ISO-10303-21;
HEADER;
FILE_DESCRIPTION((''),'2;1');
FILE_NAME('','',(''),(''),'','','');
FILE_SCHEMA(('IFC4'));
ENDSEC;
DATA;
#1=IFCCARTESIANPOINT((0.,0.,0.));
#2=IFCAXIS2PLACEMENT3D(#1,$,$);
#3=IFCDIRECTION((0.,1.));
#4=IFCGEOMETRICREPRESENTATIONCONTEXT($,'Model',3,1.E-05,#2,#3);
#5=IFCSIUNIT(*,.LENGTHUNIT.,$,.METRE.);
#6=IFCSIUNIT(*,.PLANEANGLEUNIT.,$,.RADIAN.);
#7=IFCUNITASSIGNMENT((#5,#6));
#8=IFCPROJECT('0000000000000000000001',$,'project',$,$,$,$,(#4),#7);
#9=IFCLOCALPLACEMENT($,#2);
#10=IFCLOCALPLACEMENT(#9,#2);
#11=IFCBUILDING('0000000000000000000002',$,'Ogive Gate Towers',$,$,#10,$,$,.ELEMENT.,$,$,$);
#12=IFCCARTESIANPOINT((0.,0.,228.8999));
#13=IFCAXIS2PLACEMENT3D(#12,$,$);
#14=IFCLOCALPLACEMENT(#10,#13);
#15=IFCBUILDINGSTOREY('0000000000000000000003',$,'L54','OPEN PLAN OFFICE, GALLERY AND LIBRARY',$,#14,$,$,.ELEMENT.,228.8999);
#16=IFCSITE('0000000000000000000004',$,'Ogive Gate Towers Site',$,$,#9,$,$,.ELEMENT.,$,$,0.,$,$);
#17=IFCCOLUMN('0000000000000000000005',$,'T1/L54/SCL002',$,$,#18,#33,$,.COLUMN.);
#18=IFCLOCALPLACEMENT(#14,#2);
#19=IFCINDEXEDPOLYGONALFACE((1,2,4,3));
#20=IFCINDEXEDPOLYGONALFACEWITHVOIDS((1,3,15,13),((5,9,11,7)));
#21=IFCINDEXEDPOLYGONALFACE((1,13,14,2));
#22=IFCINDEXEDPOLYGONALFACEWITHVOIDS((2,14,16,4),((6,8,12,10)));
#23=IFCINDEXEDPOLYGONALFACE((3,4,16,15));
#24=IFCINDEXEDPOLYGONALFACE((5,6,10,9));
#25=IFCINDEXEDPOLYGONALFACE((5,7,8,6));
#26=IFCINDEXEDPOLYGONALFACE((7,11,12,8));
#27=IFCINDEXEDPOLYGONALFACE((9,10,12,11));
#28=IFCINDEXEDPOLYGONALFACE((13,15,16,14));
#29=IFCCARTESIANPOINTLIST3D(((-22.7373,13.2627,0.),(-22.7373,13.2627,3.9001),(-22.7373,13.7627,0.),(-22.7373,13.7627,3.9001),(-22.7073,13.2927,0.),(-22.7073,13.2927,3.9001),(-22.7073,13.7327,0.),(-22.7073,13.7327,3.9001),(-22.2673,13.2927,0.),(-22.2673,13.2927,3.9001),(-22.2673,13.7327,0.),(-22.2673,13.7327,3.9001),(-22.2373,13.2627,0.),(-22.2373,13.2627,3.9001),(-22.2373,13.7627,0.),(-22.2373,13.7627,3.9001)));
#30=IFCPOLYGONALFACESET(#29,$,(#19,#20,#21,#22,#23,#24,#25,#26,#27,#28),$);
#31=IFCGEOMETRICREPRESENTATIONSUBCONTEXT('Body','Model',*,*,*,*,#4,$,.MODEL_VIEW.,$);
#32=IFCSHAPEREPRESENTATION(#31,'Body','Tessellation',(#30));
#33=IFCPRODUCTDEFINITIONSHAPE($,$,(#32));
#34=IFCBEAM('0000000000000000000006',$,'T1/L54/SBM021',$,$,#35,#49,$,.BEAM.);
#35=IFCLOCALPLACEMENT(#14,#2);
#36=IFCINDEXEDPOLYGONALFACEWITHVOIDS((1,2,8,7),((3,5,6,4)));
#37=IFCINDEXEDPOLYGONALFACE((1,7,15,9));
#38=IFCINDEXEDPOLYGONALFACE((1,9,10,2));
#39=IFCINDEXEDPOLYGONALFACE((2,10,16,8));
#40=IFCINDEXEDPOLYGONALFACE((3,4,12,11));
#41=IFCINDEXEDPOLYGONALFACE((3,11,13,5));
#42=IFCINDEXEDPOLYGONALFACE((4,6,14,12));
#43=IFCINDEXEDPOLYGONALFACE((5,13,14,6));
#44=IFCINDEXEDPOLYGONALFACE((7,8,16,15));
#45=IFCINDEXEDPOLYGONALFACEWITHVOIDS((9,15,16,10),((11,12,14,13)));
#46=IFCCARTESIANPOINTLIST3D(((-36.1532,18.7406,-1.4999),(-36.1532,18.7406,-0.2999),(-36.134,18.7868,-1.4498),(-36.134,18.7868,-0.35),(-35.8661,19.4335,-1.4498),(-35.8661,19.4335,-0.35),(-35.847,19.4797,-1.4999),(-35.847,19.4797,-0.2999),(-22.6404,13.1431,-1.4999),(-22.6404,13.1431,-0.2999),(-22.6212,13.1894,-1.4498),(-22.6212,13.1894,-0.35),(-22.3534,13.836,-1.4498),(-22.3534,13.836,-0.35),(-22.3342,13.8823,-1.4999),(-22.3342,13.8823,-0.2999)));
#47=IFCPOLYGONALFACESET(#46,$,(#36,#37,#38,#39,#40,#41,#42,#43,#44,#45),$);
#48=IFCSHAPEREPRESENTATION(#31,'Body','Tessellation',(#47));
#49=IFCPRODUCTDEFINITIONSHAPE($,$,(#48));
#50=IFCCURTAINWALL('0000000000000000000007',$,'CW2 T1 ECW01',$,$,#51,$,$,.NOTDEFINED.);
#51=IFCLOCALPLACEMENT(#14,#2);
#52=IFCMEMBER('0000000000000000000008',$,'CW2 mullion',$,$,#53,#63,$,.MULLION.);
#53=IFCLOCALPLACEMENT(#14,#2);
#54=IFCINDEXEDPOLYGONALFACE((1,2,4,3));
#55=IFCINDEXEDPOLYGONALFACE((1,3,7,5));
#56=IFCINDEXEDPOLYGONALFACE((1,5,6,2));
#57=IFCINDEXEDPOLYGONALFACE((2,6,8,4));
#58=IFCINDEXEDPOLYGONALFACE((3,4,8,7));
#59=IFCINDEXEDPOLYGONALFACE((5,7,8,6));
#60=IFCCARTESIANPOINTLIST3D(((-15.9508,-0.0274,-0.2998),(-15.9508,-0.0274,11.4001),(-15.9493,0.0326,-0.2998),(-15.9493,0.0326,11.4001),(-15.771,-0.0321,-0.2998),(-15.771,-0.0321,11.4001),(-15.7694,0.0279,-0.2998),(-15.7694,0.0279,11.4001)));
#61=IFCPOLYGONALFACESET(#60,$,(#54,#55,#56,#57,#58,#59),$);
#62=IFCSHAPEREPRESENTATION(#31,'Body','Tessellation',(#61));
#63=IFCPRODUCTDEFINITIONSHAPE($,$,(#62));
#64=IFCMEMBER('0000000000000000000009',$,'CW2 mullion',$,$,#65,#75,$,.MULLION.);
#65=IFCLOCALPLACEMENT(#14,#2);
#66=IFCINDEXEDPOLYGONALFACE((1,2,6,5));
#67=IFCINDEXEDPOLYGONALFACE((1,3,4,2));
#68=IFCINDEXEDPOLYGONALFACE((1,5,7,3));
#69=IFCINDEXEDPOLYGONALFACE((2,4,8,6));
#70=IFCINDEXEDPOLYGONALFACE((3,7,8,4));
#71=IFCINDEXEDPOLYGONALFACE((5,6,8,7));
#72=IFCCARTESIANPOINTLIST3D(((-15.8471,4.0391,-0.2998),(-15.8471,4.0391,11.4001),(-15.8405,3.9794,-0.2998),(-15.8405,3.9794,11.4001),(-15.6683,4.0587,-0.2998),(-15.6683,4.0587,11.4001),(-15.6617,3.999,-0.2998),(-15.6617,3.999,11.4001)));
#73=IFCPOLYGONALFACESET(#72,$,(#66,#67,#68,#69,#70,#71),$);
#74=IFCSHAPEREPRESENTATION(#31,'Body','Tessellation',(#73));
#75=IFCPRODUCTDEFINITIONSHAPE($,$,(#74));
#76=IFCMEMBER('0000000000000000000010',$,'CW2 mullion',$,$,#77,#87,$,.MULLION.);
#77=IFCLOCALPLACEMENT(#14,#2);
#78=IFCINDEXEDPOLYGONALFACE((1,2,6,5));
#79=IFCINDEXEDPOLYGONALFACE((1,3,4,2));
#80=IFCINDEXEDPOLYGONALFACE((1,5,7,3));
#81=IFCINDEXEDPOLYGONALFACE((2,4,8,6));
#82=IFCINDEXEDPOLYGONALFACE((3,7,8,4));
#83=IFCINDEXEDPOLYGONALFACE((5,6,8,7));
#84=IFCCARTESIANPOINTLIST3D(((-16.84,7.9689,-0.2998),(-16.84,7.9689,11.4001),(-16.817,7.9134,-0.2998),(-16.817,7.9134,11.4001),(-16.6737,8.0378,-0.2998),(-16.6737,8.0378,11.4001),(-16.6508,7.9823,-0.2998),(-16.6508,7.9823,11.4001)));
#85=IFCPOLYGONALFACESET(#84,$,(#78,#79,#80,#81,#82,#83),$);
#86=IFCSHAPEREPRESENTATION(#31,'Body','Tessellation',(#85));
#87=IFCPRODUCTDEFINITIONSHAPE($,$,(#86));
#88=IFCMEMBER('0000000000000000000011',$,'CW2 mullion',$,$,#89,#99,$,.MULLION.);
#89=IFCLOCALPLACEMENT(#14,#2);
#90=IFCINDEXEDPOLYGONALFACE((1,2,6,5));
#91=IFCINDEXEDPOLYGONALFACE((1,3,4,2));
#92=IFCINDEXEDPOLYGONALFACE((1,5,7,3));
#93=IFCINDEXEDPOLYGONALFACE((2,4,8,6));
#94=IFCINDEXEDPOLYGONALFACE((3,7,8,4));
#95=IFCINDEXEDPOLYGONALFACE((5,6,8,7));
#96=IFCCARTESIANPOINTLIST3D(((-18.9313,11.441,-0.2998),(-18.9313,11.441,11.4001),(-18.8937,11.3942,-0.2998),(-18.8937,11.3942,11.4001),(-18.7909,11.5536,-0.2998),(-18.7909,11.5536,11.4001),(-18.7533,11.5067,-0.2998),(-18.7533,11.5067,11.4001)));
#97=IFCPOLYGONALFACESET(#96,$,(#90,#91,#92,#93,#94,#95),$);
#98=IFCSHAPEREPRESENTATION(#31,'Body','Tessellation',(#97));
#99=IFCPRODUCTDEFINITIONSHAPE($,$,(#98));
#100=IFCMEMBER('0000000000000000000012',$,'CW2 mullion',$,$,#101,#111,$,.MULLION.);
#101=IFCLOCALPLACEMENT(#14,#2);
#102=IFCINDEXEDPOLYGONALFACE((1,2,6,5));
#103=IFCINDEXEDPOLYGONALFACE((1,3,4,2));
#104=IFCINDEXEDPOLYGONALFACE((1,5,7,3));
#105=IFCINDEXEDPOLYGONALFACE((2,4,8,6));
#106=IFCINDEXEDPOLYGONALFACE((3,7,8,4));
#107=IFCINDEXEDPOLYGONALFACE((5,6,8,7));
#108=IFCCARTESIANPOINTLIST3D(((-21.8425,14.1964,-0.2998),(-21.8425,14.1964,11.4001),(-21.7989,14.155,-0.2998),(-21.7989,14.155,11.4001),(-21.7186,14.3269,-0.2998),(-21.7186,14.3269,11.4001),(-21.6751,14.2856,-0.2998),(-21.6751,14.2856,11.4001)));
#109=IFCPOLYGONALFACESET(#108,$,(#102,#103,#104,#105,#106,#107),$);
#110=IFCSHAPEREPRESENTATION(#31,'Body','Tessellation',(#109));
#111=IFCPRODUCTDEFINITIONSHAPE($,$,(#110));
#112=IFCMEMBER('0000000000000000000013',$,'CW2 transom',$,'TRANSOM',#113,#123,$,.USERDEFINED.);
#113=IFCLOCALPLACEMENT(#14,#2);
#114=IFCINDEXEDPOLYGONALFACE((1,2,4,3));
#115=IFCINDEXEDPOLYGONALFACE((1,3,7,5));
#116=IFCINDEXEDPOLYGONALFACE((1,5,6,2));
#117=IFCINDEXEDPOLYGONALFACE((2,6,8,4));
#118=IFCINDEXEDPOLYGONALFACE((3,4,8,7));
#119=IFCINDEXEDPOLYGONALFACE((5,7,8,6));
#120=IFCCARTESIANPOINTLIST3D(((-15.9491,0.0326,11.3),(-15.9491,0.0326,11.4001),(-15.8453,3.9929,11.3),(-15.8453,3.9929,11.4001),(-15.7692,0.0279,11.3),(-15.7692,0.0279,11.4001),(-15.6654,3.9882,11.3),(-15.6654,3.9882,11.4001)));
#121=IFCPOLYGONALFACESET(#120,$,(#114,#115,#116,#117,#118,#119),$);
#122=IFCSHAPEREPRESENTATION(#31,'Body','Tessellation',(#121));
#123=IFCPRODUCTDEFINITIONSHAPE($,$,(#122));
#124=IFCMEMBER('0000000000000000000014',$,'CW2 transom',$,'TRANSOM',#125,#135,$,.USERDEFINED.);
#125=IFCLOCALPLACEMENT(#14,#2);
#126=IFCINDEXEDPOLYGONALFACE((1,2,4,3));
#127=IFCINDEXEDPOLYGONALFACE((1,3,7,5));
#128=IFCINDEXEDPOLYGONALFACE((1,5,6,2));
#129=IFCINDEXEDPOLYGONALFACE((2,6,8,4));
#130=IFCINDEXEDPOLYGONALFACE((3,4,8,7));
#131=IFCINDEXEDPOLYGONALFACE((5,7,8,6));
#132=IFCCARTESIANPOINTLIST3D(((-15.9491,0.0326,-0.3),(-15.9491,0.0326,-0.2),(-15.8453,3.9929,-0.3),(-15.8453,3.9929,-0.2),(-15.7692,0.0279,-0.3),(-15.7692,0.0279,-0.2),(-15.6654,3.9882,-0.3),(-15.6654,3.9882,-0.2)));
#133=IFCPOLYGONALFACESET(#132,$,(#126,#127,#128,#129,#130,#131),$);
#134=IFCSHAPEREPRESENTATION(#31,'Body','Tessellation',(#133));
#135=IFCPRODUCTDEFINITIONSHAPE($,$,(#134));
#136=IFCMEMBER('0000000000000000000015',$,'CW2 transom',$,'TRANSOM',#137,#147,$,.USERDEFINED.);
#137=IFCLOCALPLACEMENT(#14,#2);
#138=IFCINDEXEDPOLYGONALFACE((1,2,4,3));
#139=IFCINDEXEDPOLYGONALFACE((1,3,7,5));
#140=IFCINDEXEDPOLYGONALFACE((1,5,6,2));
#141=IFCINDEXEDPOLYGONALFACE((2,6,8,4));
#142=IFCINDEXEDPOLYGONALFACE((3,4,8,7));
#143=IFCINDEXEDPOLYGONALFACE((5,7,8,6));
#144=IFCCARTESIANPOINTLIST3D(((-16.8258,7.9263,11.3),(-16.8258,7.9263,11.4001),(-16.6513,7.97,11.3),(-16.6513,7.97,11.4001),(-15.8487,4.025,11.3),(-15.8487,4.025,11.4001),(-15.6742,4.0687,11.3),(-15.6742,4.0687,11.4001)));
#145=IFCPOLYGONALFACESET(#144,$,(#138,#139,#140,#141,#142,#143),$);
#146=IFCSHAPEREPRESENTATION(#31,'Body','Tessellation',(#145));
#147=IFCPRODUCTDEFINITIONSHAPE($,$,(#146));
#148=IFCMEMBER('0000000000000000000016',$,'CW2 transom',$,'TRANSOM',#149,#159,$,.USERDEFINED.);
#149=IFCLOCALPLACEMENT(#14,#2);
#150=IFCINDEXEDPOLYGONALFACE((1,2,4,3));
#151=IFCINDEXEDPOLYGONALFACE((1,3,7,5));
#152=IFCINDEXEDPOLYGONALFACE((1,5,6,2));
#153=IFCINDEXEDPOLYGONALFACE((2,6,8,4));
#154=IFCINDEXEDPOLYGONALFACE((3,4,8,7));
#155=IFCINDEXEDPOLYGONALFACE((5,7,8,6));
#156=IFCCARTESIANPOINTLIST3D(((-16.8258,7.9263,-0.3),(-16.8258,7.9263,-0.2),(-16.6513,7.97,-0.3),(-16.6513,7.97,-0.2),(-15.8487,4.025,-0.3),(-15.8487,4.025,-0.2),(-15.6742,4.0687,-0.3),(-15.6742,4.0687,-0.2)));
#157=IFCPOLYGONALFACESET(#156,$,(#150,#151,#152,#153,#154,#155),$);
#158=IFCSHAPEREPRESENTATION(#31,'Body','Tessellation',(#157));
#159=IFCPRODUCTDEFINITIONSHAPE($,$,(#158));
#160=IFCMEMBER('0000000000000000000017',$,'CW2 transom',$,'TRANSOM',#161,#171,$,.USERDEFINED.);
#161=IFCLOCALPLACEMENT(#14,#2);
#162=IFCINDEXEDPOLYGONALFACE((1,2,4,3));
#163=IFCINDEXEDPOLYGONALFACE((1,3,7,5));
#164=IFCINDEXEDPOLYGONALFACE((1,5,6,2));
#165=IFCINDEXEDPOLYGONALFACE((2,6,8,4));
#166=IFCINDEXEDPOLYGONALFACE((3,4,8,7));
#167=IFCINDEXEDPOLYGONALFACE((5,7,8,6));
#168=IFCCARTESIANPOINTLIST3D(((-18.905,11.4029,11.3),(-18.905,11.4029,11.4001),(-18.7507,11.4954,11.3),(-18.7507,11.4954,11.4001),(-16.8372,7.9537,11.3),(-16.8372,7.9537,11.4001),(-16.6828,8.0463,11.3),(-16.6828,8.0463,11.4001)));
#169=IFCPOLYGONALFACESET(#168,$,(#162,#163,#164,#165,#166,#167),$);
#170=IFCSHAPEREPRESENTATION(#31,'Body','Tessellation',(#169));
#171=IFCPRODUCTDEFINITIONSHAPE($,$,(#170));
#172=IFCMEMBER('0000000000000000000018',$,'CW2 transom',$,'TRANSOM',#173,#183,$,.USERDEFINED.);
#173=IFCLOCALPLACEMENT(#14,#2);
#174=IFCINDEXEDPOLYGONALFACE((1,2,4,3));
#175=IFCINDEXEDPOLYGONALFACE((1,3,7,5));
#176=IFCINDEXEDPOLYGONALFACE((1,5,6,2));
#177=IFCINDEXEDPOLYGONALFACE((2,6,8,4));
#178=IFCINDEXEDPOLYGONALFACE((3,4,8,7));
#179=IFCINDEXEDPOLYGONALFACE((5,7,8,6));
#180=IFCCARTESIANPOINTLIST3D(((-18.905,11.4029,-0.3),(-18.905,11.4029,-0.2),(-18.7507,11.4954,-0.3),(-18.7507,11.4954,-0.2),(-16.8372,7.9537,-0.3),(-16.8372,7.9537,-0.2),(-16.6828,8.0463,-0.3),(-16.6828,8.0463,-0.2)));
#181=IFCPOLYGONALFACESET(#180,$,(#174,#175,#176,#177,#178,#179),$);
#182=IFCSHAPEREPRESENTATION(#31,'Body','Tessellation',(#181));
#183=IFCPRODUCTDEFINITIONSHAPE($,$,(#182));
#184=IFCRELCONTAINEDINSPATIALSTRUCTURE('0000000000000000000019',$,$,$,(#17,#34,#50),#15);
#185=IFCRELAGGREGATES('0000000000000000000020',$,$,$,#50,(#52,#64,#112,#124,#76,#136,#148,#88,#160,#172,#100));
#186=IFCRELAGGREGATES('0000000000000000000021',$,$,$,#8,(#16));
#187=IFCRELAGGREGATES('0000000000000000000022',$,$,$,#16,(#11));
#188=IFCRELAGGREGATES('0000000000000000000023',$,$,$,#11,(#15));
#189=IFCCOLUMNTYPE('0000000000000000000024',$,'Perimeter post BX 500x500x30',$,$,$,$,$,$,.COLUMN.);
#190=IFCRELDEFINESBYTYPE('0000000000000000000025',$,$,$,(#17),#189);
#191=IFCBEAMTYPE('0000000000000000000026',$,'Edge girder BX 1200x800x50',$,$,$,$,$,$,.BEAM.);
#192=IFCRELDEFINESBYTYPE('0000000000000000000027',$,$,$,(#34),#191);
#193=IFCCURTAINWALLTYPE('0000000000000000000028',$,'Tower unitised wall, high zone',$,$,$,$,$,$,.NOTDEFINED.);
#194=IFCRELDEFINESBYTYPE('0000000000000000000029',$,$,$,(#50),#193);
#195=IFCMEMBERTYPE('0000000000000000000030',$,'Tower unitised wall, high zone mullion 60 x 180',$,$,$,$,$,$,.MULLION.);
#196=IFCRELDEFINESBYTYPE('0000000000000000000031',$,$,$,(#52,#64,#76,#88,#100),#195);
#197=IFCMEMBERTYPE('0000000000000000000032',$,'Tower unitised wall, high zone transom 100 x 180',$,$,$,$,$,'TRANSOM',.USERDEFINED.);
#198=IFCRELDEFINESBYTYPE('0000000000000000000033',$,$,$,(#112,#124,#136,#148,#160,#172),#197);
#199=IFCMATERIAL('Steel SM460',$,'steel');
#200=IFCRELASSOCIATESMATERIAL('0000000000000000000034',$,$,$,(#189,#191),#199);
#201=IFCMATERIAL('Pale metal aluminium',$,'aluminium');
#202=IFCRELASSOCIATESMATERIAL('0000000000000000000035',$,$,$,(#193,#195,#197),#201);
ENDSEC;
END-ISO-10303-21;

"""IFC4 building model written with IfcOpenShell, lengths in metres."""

from ifc_helpers import new_model, si_unit, direction, frame, origin, origin_2d, place, context, subcontext, project, spatial, rectangle, hollow_rectangle, extrude, material, material_profile, profile_set, type_object, element, aggregate, save


model = new_model("IFC4")

# Units and contexts
model_context = context("Model", 3, precision=1e-05, world=origin(), true_north=direction((0.0, 1.0)))
body_context = subcontext(model_context, "Body", "Model", "MODEL_VIEW")
ifc_project = project(units=[si_unit("LENGTHUNIT", "METRE"), si_unit("PLANEANGLEUNIT", "RADIAN")], contexts=[model_context])

# Site, building, storey
site_placement = place(None, origin())
site = spatial("IfcSite", under=ifc_project, at=site_placement, Name="Ogive Gate Towers Site", CompositionType="ELEMENT", RefElevation=0.0)
building_placement = place(site_placement, origin())
building = spatial("IfcBuilding", under=site, at=building_placement, Name="Ogive Gate Towers", CompositionType="ELEMENT")
storey_placement = place(building_placement, frame((0.0, 0.0, 228.8999)))
storey = spatial("IfcBuildingStorey", under=building, at=storey_placement, Name="L54", Description="OPEN PLAN OFFICE, GALLERY AND LIBRARY", CompositionType="ELEMENT", Elevation=228.8999)

# Column
ifc_material_1 = material(Name="Steel SM460", Category="steel")
ifc_material_profile_1 = material_profile(ifc_material_1, hollow_rectangle(XDim=0.5, YDim=0.5, WallThickness=0.03, at=origin_2d()), Name="BX 500x500x30")
ifc_profile_set_1 = profile_set([ifc_material_profile_1], Name="Steel SM460")
column_type = type_object("IfcColumnType", Name="Perimeter post BX 500x500x30", PredefinedType="COLUMN", material=ifc_profile_set_1)
column_placement = place(storey_placement, frame((-22.4873, 13.5127, 0.0), z_axis=(0.0, 0.0, 1.0), x_axis=(1.0, 0.0, 0.0)))
element("IfcColumn", 1, at=column_placement, inside=storey, type_object=column_type, Name="T1/L54/SCL002", PredefinedType="COLUMN", context=body_context, shape_type="SweptSolid", body=[
    extrude(hollow_rectangle(XDim=0.5, YDim=0.5, WallThickness=0.03, at=origin_2d()), origin(), (0.0, 0.0, 1.0), 3.9001),
])

# Beam
ifc_material_profile_2 = material_profile(ifc_material_1, hollow_rectangle(XDim=0.8, YDim=1.2, WallThickness=0.05, at=origin_2d()), Name="BX 1200x800x50")
ifc_profile_set_2 = profile_set([ifc_material_profile_2], Name="Steel SM460")
beam_type = type_object("IfcBeamType", Name="Edge girder BX 1200x800x50", PredefinedType="BEAM", material=ifc_profile_set_2)
beam_placement = place(storey_placement, frame((-22.4873, 13.5127, -0.8999), z_axis=(-0.923873, 0.382699, 0.0), x_axis=(-0.382699, -0.923873, 0.0)))
element("IfcBeam", 2, at=beam_placement, inside=storey, type_object=beam_type, Name="T1/L54/SBM021", PredefinedType="BEAM", context=body_context, shape_type="SweptSolid", body=[
    extrude(hollow_rectangle(XDim=0.8, YDim=1.2, WallThickness=0.05, at=origin_2d()), origin(), (0.0, 0.0, 1.0), 14.6262),
])

# Curtain wall, members
ifc_material_2 = material(Name="Pale metal aluminium", Category="aluminium")
curtain_wall_type = type_object("IfcCurtainWallType", Name="Tower unitised wall, high zone", PredefinedType="NOTDEFINED", material=ifc_material_2)
curtain_wall_1_placement = place(storey_placement, origin())
curtain_wall_1 = element("IfcCurtainWall", 3, at=curtain_wall_1_placement, inside=storey, type_object=curtain_wall_type, Name="CW2 T1 ECW01", PredefinedType="NOTDEFINED")
ifc_material_profile_3 = material_profile(ifc_material_2, rectangle(XDim=0.1799, YDim=0.0601, at=origin_2d()), Name="60 x 180 aluminium box")
ifc_profile_set_3 = profile_set([ifc_material_profile_3], Name="Pale metal aluminium")
member_type_1 = type_object("IfcMemberType", Name="Tower unitised wall, high zone mullion 60 x 180", PredefinedType="MULLION", material=ifc_profile_set_3)
member_1_placement = place(storey_placement, frame((-15.8601, 0.0002, -0.2998), z_axis=(0.0, 0.0, 1.0), x_axis=(0.999656, -0.026229, 0.0)))
member_1 = element("IfcMember", 4, at=member_1_placement, type_object=member_type_1, Name="CW2 mullion", PredefinedType="MULLION", context=body_context, shape_type="SweptSolid", body=[
    extrude(rectangle(XDim=0.1799, YDim=0.0601, at=origin_2d()), origin(), (0.0, 0.0, 1.0), 11.7),
])
member_2_placement = place(storey_placement, frame((-15.7544, 4.019, -0.2998), z_axis=(0.0, 0.0, 1.0), x_axis=(0.994001, 0.10937, 0.0)))
member_2 = element("IfcMember", 5, at=member_2_placement, type_object=member_type_1, Name="CW2 mullion", PredefinedType="MULLION", context=body_context, shape_type="SweptSolid", body=[
    extrude(rectangle(XDim=0.1799, YDim=0.0601, at=origin_2d()), origin(), (0.0, 0.0, 1.0), 11.7),
])
member_3_placement = place(storey_placement, frame((-16.7454, 7.9756, -0.2998), z_axis=(0.0, 0.0, 1.0), x_axis=(0.923873, 0.3827, 0.0)))
member_3 = element("IfcMember", 6, at=member_3_placement, type_object=member_type_1, Name="CW2 mullion", PredefinedType="MULLION", context=body_context, shape_type="SweptSolid", body=[
    extrude(rectangle(XDim=0.1799, YDim=0.0601, at=origin_2d()), origin(), (0.0, 0.0, 1.0), 11.7),
])
member_4_placement = place(storey_placement, frame((-18.8423, 11.4739, -0.2998), z_axis=(0.0, 0.0, 1.0), x_axis=(0.780201, 0.625529, 0.0)))
member_4 = element("IfcMember", 7, at=member_4_placement, type_object=member_type_1, Name="CW2 mullion", PredefinedType="MULLION", context=body_context, shape_type="SweptSolid", body=[
    extrude(rectangle(XDim=0.1799, YDim=0.0601, at=origin_2d()), origin(), (0.0, 0.0, 1.0), 11.7),
])
member_5_placement = place(storey_placement, frame((-21.7588, 14.241, -0.2998), z_axis=(0.0, 0.0, 1.0), x_axis=(0.688329, 0.725398, 0.0)))
member_5 = element("IfcMember", 8, at=member_5_placement, type_object=member_type_1, Name="CW2 mullion", PredefinedType="MULLION", context=body_context, shape_type="SweptSolid", body=[
    extrude(rectangle(XDim=0.1799, YDim=0.0601, at=origin_2d()), origin(), (0.0, 0.0, 1.0), 11.7),
])
ifc_material_profile_4 = material_profile(ifc_material_2, rectangle(XDim=0.1799, YDim=0.1001, at=origin_2d()), Name="100 x 180 aluminium box")
ifc_profile_set_4 = profile_set([ifc_material_profile_4], Name="Pale metal aluminium")
member_type_2 = type_object("IfcMemberType", Name="Tower unitised wall, high zone transom 100 x 180", ElementType="TRANSOM", PredefinedType="USERDEFINED", material=ifc_profile_set_4)
member_6_placement = place(storey_placement, frame((-15.8591, 0.0303, 11.3501), z_axis=(0.026192, 0.999657, 0.0), x_axis=(-0.999657, 0.026192, 0.0)))
member_6 = element("IfcMember", 9, at=member_6_placement, type_object=member_type_2, Name="CW2 transom", ObjectType="TRANSOM", PredefinedType="USERDEFINED", context=body_context, shape_type="SweptSolid", body=[
    extrude(rectangle(XDim=0.1799, YDim=0.1001, at=origin_2d()), origin(), (0.0, 0.0, 1.0), 3.9617),
])
member_7_placement = place(storey_placement, frame((-15.8591, 0.0303, -0.25), z_axis=(0.026192, 0.999657, 0.0), x_axis=(-0.999657, 0.026192, 0.0)))
member_7 = element("IfcMember", 10, at=member_7_placement, type_object=member_type_2, Name="CW2 transom", ObjectType="TRANSOM", PredefinedType="USERDEFINED", context=body_context, shape_type="SweptSolid", body=[
    extrude(rectangle(XDim=0.1799, YDim=0.1001, at=origin_2d()), origin(), (0.0, 0.0, 1.0), 3.9617),
])
member_8_placement = place(storey_placement, frame((-15.7615, 4.0469, 11.3501), z_axis=(-0.24295, 0.970039, 0.0), x_axis=(-0.970039, -0.24295, 0.0)))
member_8 = element("IfcMember", 11, at=member_8_placement, type_object=member_type_2, Name="CW2 transom", ObjectType="TRANSOM", PredefinedType="USERDEFINED", context=body_context, shape_type="SweptSolid", body=[
    extrude(rectangle(XDim=0.1799, YDim=0.1001, at=origin_2d()), origin(), (0.0, 0.0, 1.0), 4.0217),
])
member_9_placement = place(storey_placement, frame((-15.7615, 4.0469, -0.25), z_axis=(-0.24295, 0.970039, 0.0), x_axis=(-0.970039, -0.24295, 0.0)))
member_9 = element("IfcMember", 12, at=member_9_placement, type_object=member_type_2, Name="CW2 transom", ObjectType="TRANSOM", PredefinedType="USERDEFINED", context=body_context, shape_type="SweptSolid", body=[
    extrude(rectangle(XDim=0.1799, YDim=0.1001, at=origin_2d()), origin(), (0.0, 0.0, 1.0), 4.0217),
])
member_10_placement = place(storey_placement, frame((-16.76, 8.0, 11.3501), z_axis=(-0.514192, 0.857675, 0.0), x_axis=(-0.857675, -0.514192, 0.0)))
member_10 = element("IfcMember", 13, at=member_10_placement, type_object=member_type_2, Name="CW2 transom", ObjectType="TRANSOM", PredefinedType="USERDEFINED", context=body_context, shape_type="SweptSolid", body=[
    extrude(rectangle(XDim=0.1799, YDim=0.1001, at=origin_2d()), origin(), (0.0, 0.0, 1.0), 4.0215),
])
member_11_placement = place(storey_placement, frame((-16.76, 8.0, -0.25), z_axis=(-0.514192, 0.857675, 0.0), x_axis=(-0.857675, -0.514192, 0.0)))
member_11 = element("IfcMember", 14, at=member_11_placement, type_object=member_type_2, Name="CW2 transom", ObjectType="TRANSOM", PredefinedType="USERDEFINED", context=body_context, shape_type="SweptSolid", body=[
    extrude(rectangle(XDim=0.1799, YDim=0.1001, at=origin_2d()), origin(), (0.0, 0.0, 1.0), 4.0215),
])

aggregate(curtain_wall_1, [member_1, member_2, member_6, member_7, member_3, member_8, member_9, member_4, member_10, member_11, member_5])

save(model, "model.ifc")
